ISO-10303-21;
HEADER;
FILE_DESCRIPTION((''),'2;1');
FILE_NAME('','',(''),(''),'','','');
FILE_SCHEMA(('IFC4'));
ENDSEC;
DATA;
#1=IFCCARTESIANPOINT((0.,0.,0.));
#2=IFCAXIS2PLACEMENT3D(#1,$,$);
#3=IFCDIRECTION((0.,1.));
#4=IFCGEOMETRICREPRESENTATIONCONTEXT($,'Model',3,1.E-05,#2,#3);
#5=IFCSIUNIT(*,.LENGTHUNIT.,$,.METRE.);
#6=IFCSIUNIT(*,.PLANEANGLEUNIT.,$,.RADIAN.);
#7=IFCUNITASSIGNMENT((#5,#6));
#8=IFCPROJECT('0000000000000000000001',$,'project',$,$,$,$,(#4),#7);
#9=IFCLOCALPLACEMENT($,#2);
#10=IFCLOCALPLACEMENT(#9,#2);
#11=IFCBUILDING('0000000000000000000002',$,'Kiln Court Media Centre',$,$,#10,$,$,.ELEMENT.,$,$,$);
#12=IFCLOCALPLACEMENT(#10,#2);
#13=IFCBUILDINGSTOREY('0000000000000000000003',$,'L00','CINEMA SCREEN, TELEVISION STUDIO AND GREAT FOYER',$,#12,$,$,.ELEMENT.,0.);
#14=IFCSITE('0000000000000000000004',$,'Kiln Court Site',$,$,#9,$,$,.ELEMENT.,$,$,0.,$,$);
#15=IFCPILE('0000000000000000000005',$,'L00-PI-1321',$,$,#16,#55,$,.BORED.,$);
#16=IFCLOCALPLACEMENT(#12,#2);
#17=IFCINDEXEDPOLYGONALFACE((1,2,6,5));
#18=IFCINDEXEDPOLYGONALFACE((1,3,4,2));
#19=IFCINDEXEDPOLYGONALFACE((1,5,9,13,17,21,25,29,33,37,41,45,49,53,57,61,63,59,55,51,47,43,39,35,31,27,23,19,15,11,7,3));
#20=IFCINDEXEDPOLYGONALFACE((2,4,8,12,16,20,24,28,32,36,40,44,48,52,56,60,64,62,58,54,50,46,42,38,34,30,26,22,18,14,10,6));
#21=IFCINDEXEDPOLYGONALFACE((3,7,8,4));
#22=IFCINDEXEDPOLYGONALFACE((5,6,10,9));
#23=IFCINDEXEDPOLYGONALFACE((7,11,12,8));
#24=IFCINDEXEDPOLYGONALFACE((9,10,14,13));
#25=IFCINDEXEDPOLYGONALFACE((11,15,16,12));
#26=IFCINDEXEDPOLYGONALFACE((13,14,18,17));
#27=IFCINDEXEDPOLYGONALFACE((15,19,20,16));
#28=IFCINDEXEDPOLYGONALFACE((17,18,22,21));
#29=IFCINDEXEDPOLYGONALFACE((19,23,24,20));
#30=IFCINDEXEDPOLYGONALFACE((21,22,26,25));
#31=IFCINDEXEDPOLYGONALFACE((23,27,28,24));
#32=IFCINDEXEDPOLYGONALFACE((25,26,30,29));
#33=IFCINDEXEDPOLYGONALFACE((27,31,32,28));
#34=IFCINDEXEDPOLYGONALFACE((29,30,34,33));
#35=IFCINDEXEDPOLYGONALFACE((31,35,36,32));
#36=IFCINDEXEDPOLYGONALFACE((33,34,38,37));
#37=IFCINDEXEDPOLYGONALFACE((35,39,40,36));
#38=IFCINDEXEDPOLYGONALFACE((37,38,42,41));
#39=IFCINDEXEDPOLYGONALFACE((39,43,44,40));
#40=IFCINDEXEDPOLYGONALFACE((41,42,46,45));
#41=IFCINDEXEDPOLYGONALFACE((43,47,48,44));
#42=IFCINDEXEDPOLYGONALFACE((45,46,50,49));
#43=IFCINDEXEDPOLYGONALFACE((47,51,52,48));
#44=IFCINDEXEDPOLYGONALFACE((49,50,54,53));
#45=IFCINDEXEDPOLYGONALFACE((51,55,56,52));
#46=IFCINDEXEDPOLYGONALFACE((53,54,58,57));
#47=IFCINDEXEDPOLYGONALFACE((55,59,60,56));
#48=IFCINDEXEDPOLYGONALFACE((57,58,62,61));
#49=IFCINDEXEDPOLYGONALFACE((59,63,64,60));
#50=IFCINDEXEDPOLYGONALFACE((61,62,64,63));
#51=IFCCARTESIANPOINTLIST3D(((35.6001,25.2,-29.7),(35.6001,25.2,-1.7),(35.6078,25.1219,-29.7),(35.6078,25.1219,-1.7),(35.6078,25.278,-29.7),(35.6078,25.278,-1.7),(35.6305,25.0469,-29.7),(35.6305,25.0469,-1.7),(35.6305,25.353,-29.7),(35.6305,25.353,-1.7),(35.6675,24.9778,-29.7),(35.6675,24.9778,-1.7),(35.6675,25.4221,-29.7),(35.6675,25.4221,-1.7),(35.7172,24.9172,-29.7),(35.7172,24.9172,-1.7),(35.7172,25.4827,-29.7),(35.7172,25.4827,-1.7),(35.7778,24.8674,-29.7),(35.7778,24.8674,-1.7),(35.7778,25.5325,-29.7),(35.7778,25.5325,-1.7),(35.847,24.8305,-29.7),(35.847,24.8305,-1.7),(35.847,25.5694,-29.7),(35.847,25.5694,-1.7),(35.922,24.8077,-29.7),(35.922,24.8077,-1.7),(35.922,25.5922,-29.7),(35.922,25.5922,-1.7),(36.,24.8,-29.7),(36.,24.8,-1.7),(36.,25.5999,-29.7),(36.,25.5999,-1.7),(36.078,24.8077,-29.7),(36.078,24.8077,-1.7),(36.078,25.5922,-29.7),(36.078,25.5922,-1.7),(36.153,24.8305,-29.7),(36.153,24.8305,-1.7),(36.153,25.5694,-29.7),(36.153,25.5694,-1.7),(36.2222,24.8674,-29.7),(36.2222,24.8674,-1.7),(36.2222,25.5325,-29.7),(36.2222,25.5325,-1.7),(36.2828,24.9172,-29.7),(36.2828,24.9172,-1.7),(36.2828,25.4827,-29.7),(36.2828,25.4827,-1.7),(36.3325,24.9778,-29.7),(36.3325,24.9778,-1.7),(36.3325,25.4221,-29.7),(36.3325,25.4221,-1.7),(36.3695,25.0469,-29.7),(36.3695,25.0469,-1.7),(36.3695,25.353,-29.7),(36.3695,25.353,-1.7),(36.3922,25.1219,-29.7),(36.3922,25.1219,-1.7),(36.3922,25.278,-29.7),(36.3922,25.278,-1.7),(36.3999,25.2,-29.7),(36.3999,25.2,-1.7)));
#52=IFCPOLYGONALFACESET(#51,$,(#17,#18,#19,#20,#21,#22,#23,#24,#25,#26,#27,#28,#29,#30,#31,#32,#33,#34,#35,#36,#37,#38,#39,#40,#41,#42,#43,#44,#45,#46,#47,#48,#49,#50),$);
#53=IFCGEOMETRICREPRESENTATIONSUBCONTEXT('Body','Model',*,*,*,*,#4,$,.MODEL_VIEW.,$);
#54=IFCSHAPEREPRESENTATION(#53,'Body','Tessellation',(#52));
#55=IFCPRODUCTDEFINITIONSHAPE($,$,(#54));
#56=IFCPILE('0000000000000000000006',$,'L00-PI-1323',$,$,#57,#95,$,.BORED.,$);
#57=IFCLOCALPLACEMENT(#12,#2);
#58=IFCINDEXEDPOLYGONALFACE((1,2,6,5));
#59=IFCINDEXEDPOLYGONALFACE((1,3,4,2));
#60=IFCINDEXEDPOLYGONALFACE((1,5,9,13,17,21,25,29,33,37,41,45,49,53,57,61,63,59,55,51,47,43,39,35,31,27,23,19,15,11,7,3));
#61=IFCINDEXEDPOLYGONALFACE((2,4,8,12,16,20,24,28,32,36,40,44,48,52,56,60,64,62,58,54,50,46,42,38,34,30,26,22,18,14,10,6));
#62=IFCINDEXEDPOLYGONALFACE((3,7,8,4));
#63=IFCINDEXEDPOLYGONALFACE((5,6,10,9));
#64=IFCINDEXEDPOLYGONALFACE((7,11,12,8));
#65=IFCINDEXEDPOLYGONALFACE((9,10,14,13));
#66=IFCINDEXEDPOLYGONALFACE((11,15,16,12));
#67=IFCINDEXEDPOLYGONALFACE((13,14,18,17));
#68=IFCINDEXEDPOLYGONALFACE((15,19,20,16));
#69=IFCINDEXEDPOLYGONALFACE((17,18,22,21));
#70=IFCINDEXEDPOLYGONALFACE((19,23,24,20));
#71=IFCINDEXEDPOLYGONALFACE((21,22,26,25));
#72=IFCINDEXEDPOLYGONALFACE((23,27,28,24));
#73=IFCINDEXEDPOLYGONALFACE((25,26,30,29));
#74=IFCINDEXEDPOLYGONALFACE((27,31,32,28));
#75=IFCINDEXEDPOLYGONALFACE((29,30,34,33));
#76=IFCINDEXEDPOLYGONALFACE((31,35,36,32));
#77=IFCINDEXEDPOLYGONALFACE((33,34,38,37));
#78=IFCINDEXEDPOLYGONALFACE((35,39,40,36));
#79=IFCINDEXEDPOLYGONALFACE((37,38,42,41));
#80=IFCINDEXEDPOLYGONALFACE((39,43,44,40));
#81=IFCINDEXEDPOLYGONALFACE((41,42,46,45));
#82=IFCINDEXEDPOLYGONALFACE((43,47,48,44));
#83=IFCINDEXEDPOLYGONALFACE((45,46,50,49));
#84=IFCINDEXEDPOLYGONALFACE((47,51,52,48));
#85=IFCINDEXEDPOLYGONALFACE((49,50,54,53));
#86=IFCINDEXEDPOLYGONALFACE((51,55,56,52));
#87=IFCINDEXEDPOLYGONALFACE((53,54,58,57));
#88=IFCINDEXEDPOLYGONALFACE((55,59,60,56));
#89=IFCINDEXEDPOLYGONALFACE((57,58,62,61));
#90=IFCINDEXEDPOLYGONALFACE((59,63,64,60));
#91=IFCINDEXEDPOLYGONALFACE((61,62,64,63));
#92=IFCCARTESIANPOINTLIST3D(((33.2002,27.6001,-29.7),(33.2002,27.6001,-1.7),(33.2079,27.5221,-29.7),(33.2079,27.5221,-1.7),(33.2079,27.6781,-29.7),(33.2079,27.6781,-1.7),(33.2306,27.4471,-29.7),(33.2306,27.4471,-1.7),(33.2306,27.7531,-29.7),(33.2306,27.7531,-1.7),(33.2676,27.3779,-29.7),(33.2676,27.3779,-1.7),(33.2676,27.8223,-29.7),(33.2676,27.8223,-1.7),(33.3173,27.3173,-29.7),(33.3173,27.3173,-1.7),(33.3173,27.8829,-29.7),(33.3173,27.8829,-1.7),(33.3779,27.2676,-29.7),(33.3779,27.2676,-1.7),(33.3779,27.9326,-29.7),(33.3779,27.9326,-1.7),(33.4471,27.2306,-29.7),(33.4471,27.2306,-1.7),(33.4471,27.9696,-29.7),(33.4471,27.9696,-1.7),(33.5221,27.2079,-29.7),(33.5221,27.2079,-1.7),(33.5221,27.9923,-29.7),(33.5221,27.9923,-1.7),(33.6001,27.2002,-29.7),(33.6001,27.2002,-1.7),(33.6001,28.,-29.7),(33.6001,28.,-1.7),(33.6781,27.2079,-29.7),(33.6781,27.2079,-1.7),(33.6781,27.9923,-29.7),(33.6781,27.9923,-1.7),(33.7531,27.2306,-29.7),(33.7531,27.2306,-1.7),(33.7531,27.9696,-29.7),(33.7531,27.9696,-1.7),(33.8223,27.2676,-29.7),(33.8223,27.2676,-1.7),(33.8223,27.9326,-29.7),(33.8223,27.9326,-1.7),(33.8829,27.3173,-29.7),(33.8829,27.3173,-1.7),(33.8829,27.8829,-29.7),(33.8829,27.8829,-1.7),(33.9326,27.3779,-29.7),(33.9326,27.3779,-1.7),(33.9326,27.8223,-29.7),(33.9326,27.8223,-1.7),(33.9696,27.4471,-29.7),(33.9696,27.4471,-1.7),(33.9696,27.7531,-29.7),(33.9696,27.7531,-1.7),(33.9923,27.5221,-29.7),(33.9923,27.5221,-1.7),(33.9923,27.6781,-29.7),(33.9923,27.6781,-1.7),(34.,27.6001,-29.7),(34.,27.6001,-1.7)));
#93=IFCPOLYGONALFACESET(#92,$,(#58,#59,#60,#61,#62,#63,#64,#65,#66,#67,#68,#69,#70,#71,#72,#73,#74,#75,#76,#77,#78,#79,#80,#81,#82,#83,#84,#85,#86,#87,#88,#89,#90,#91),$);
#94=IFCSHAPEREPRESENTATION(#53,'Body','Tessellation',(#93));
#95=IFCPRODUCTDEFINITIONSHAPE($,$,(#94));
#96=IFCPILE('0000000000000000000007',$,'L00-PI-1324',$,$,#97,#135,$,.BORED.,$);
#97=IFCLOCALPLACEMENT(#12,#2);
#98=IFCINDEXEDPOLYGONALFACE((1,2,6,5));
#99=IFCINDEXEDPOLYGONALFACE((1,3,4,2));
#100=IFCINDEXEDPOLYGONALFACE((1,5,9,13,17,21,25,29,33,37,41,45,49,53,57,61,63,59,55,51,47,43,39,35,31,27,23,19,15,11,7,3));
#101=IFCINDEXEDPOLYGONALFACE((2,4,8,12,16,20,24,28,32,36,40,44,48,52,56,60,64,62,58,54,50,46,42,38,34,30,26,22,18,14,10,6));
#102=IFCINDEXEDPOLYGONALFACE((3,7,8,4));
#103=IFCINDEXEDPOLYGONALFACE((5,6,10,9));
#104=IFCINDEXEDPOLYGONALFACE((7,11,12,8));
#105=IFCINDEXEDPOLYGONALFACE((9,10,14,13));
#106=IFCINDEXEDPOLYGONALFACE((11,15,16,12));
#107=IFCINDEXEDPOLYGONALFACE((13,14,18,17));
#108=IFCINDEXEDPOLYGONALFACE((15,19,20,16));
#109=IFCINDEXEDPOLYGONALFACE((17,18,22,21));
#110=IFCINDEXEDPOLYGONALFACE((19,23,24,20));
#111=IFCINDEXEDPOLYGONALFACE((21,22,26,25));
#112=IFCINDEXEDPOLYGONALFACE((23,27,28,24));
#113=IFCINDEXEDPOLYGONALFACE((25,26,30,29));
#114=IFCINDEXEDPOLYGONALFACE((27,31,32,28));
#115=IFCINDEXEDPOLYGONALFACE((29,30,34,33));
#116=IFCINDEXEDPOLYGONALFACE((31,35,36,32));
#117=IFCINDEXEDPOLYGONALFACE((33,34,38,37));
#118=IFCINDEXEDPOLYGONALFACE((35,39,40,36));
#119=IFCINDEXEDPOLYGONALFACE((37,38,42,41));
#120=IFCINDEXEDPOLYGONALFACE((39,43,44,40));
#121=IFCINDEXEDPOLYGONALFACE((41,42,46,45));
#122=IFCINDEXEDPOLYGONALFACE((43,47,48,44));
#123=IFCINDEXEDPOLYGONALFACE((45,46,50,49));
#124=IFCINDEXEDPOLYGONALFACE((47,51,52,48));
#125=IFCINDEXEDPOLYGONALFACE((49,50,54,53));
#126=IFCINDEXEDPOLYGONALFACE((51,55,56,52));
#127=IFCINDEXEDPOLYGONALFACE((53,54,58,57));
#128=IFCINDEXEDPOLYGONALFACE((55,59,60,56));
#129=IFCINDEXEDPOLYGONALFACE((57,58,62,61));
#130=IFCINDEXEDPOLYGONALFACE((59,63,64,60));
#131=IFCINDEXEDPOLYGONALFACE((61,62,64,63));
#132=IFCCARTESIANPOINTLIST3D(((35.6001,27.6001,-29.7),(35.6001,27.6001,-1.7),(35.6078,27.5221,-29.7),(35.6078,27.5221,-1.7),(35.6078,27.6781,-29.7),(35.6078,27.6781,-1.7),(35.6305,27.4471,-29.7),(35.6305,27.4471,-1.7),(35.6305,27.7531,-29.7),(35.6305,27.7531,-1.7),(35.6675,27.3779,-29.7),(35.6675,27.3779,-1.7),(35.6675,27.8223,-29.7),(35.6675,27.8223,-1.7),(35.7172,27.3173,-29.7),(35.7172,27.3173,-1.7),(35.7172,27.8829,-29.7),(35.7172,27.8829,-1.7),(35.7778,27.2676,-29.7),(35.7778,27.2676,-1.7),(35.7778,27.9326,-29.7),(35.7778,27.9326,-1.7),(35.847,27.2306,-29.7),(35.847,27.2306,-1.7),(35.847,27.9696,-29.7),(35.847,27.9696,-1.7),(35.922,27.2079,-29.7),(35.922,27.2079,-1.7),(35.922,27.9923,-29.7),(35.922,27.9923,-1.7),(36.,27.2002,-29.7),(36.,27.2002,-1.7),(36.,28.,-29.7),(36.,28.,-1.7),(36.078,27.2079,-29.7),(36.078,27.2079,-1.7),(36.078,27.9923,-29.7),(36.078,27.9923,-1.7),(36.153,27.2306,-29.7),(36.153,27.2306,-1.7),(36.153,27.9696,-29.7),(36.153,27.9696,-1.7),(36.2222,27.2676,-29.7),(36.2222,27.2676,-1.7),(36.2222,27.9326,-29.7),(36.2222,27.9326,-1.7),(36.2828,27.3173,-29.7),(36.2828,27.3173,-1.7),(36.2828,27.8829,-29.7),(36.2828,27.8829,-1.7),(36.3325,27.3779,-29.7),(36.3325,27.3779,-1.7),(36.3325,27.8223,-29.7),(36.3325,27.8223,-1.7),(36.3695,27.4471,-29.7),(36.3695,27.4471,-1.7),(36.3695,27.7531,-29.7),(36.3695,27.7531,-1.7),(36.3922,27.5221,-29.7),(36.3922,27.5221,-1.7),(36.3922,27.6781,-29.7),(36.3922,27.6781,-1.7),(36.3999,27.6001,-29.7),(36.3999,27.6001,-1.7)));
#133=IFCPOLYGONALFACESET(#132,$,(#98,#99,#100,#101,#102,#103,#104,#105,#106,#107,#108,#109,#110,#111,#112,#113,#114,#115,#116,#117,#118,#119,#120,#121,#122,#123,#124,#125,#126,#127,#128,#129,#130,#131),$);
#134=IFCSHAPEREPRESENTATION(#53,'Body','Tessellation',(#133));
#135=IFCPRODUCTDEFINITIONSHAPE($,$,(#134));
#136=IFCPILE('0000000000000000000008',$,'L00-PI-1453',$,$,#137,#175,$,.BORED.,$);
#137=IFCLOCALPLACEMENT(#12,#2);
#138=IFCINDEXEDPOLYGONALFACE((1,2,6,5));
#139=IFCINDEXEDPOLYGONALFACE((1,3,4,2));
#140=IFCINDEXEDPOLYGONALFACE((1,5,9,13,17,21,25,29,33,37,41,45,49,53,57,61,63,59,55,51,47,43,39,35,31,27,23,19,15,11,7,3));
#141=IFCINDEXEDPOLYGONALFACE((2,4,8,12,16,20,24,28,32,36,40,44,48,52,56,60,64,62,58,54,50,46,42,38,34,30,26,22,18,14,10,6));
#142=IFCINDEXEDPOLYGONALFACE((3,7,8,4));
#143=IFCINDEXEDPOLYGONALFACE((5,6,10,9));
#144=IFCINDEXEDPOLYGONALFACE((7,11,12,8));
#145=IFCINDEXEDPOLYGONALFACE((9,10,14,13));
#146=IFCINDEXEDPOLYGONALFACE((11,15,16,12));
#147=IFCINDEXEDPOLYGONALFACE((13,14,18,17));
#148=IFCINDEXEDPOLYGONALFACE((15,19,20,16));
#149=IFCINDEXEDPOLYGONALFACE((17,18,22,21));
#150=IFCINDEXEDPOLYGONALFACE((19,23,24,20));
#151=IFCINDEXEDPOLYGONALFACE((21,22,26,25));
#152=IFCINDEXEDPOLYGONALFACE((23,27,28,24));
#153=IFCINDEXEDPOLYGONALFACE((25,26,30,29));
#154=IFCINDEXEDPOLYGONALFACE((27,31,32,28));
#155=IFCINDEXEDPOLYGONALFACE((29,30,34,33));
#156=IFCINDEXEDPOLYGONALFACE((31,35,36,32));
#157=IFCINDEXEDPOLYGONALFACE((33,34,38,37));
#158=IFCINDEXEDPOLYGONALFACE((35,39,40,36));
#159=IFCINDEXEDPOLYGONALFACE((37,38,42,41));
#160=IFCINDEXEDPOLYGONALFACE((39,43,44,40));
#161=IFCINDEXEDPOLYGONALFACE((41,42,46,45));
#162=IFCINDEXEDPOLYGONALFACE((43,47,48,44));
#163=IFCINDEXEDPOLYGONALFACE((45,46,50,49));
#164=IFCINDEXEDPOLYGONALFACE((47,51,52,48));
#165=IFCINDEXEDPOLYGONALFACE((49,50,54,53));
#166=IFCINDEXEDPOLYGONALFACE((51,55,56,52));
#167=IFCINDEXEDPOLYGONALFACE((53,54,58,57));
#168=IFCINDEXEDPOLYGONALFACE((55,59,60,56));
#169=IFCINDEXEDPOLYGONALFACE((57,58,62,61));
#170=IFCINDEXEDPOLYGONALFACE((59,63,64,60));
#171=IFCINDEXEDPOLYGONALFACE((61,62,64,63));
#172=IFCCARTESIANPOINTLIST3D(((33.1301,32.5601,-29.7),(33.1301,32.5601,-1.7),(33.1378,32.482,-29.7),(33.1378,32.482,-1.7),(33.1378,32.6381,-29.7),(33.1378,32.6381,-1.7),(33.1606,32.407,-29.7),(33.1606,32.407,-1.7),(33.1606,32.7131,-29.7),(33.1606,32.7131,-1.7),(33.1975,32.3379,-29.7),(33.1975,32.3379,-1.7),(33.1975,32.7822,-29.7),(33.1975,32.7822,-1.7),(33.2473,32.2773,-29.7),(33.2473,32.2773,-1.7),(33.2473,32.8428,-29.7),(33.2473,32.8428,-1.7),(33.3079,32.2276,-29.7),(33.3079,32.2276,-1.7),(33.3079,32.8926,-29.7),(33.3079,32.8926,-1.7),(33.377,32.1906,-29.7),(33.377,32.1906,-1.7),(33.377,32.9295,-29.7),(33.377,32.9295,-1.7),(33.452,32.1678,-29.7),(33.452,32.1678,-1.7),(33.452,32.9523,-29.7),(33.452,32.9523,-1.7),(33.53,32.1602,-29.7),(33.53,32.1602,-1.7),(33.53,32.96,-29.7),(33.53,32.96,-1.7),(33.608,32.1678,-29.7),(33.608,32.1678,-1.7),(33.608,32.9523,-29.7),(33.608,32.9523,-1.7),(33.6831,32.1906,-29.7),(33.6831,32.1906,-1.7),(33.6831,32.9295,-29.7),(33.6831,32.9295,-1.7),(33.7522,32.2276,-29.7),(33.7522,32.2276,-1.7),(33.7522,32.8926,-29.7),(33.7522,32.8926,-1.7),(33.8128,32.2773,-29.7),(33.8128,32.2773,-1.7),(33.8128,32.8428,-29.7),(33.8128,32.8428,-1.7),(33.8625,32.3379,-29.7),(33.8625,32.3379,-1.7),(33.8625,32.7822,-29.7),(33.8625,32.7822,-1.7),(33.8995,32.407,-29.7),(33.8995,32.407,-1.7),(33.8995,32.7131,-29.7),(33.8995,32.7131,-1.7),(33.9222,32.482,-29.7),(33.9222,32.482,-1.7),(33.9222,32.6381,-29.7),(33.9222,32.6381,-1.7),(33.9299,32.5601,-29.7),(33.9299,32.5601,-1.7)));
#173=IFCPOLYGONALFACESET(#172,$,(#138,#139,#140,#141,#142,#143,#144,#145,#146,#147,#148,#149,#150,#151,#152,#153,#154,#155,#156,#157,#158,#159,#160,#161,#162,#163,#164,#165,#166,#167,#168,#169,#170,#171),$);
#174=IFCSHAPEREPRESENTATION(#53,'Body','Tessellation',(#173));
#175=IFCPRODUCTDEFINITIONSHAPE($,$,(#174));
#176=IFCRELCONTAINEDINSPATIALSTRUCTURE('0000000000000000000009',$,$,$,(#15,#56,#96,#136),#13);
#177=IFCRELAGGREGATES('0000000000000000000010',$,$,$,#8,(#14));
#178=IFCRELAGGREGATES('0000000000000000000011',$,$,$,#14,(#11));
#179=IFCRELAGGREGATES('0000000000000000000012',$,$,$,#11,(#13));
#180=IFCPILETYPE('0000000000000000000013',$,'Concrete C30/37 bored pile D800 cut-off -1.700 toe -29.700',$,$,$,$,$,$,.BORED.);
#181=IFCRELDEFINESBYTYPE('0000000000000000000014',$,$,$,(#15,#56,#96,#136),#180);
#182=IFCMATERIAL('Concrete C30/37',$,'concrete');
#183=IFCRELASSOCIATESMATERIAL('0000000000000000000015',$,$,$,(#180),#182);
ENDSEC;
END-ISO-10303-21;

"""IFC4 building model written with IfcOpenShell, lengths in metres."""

from ifc_helpers import new_model, si_unit, direction, frame, origin, origin_2d, place, context, subcontext, project, spatial, circle, extrude, material, material_profile, profile_set, type_object, element, save


model = new_model("IFC4")

# Units and contexts
model_context = context("Model", 3, precision=1e-05, world=origin(), true_north=direction((0.0, 1.0)))
body_context = subcontext(model_context, "Body", "Model", "MODEL_VIEW")
ifc_project = project(units=[si_unit("LENGTHUNIT", "METRE"), si_unit("PLANEANGLEUNIT", "RADIAN")], contexts=[model_context])

# Site, building, storey
site_placement = place(None, origin())
site = spatial("IfcSite", under=ifc_project, at=site_placement, Name="Kiln Court Site", CompositionType="ELEMENT", RefElevation=0.0)
building_placement = place(site_placement, origin())
building = spatial("IfcBuilding", under=site, at=building_placement, Name="Kiln Court Media Centre", CompositionType="ELEMENT")
storey_placement = place(building_placement, origin())
storey = spatial("IfcBuildingStorey", under=building, at=storey_placement, Name="L00", Description="CINEMA SCREEN, TELEVISION STUDIO AND GREAT FOYER", CompositionType="ELEMENT", Elevation=0.0)

# Piles
ifc_material_1 = material(Name="Concrete C30/37", Category="concrete")
ifc_material_profile_1 = material_profile(ifc_material_1, circle(Radius=0.3999, at=origin_2d()), Name="PILE D800")
ifc_profile_set_1 = profile_set([ifc_material_profile_1], Name="Concrete C30/37")
pile_type_1 = type_object("IfcPileType", Name="Concrete C30/37 bored pile D800 cut-off -1.700 toe -29.700", PredefinedType="BORED", material=ifc_profile_set_1)
for number, where, z_axis, x_axis, name in (
    (1, (36.0, 25.2, -1.7), (0.0, 0.0, -1.0), (1.0, 0.0, 0.0), "L00-PI-1321"),
    (2, (33.6001, 27.6001, -1.7), (0.0, 0.0, -1.0), (1.0, 0.0, 0.0), "L00-PI-1323"),
    (3, (36.0, 27.6001, -1.7), (0.0, 0.0, -1.0), (1.0, 0.0, 0.0), "L00-PI-1324"),
    (4, (33.53, 32.5601, -1.7), (0.0, 0.0, -1.0), (1.0, 0.0, 0.0), "L00-PI-1453"),
):
    element("IfcPile", number, at=place(storey_placement, frame(where, z_axis=z_axis, x_axis=x_axis)), inside=storey, type_object=pile_type_1, Name=name, PredefinedType="BORED", context=body_context, shape_type="SweptSolid", body=[
        extrude(circle(Radius=0.3999, at=origin_2d()), origin(), (0.0, 0.0, 1.0), 28.0),
    ])

save(model, "model.ifc")
